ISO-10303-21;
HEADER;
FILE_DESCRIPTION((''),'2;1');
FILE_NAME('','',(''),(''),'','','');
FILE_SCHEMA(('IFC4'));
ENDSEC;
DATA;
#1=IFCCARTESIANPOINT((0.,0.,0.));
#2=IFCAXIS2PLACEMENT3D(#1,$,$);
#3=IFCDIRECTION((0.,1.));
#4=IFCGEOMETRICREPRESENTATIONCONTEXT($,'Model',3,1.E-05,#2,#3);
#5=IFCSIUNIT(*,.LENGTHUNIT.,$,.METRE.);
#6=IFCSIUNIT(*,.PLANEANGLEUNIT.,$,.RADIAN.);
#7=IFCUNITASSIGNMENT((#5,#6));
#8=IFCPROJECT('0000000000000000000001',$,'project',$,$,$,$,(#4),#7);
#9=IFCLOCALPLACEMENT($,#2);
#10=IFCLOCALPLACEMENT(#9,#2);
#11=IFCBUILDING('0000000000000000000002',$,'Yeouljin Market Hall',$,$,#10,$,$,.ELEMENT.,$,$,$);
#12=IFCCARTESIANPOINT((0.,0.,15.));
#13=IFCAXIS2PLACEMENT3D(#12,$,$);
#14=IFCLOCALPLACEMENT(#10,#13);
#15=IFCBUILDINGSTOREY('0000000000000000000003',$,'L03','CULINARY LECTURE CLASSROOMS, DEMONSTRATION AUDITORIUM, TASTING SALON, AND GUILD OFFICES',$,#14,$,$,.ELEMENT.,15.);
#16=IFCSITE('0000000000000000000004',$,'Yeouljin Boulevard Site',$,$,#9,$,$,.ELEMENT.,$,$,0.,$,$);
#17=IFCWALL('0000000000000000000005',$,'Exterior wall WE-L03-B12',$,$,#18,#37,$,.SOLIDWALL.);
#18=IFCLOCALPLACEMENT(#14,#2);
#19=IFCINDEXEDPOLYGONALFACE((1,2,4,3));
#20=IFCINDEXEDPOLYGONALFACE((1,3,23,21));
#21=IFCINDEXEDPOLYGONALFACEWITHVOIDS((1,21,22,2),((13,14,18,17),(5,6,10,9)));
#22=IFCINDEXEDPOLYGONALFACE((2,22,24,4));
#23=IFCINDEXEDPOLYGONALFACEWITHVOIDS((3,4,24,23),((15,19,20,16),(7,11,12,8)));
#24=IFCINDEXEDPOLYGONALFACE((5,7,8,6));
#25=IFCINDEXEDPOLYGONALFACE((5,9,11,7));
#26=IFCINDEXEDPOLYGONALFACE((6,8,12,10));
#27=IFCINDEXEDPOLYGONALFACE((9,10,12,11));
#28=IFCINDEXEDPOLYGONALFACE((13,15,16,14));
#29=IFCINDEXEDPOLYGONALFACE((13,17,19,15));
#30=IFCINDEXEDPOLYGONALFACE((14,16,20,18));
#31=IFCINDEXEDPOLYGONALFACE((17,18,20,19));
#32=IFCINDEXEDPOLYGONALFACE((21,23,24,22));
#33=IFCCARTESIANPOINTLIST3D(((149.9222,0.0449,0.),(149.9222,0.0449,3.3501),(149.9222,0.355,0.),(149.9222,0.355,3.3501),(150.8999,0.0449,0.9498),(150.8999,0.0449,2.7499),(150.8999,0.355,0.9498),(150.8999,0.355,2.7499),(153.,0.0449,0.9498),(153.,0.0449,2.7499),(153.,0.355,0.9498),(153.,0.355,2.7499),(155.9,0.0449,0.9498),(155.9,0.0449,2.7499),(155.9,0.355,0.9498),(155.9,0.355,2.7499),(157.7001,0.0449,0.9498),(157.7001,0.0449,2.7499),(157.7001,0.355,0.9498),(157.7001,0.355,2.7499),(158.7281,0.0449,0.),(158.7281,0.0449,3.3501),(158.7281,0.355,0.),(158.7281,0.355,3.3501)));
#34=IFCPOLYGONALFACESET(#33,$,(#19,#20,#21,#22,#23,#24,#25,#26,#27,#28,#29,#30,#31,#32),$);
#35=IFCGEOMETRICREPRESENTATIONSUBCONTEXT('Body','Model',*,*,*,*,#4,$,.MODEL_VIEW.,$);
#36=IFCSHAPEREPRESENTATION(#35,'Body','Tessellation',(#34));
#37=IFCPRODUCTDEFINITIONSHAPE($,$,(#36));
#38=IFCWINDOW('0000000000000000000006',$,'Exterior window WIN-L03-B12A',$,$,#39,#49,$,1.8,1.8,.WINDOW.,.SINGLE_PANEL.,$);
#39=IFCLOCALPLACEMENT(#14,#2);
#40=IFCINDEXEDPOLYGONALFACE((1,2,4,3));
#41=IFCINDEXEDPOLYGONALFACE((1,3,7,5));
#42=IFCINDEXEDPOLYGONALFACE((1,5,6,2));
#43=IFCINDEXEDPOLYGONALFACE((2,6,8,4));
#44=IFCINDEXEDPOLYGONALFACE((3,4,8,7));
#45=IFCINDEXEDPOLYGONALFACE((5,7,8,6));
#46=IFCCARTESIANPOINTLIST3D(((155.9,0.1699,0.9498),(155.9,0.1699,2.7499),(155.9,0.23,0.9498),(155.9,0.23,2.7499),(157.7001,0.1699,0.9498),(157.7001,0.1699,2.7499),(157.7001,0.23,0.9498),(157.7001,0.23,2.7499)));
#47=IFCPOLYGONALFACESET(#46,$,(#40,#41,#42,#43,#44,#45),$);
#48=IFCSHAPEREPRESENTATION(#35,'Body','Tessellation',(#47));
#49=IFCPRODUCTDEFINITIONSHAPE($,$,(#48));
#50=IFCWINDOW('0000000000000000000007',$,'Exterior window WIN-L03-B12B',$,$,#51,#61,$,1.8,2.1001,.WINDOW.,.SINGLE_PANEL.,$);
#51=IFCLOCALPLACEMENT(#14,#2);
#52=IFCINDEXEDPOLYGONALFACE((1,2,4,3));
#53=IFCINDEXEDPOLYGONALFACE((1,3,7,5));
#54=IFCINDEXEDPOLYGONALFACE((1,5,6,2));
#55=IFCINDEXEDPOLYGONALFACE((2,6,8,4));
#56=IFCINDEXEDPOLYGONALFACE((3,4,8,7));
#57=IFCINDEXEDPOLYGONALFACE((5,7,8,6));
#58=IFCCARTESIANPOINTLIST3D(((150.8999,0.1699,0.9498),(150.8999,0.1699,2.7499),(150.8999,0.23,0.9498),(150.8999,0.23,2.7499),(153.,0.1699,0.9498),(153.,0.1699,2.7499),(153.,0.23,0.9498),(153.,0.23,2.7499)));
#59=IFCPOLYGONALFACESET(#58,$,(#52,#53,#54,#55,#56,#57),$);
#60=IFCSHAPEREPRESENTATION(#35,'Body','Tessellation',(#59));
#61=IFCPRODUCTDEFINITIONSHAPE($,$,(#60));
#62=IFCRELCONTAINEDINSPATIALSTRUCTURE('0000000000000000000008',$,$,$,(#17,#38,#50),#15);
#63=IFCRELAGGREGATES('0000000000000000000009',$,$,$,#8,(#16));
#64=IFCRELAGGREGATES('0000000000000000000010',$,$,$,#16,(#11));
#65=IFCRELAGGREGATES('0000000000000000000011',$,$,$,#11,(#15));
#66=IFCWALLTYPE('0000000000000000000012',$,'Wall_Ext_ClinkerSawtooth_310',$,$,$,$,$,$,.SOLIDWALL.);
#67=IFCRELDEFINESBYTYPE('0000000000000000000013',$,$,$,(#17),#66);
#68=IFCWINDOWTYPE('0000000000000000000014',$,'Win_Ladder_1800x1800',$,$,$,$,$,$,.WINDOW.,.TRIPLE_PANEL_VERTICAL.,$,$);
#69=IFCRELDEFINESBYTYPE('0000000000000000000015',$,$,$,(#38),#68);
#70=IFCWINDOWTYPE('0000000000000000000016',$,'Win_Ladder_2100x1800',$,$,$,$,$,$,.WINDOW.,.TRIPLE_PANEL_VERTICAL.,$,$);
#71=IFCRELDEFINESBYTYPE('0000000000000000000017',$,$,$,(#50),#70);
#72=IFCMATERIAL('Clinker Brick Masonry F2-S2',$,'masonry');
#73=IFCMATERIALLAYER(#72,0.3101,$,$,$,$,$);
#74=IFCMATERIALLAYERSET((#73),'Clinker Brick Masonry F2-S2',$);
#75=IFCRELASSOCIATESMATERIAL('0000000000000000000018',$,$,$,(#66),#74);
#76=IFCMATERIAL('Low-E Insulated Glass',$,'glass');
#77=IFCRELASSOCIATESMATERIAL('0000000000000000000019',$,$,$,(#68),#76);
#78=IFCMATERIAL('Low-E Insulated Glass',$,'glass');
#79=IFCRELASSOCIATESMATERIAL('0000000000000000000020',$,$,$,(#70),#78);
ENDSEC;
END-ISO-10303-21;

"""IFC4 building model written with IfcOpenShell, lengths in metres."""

from ifc_helpers import new_model, si_unit, direction, frame, frame_2d, origin, place, context, subcontext, project, spatial, rectangle, extrude, material, layer, layer_set, type_object, element, fill, save


model = new_model("IFC4")

# Units and contexts
model_context = context("Model", 3, precision=1e-05, world=origin(), true_north=direction((0.0, 1.0)))
body_context = subcontext(model_context, "Body", "Model", "MODEL_VIEW")
ifc_project = project(units=[si_unit("LENGTHUNIT", "METRE"), si_unit("PLANEANGLEUNIT", "RADIAN")], contexts=[model_context])

# Site, building, storey
site_placement = place(None, origin())
site = spatial("IfcSite", under=ifc_project, at=site_placement, Name="Yeouljin Boulevard Site", CompositionType="ELEMENT", RefElevation=0.0)
building_placement = place(site_placement, origin())
building = spatial("IfcBuilding", under=site, at=building_placement, Name="Yeouljin Market Hall", CompositionType="ELEMENT")
storey_placement = place(building_placement, frame((0.0, 0.0, 15.0)))
storey = spatial("IfcBuildingStorey", under=building, at=storey_placement, Name="L03", Description="CULINARY LECTURE CLASSROOMS, DEMONSTRATION AUDITORIUM, TASTING SALON, AND GUILD OFFICES", CompositionType="ELEMENT", Elevation=15.0)

# Wall, openings, windows
ifc_material_1 = material(Name="Clinker Brick Masonry F2-S2", Category="masonry")
ifc_layer_1 = layer(ifc_material_1, 0.3101)
ifc_layer_set_1 = layer_set([ifc_layer_1], Name="Clinker Brick Masonry F2-S2")
wall_type = type_object("IfcWallType", Name="Wall_Ext_ClinkerSawtooth_310", PredefinedType="SOLIDWALL", material=ifc_layer_set_1)
wall_placement = place(storey_placement, frame((158.728, 0.2, 0.0), z_axis=(0.0, 0.0, 1.0), x_axis=(-1.0, 0.0, 0.0)))
wall = element("IfcWall", 1, at=wall_placement, inside=storey, type_object=wall_type, Name="Exterior wall WE-L03-B12", PredefinedType="SOLIDWALL", context=body_context, shape_type="SweptSolid", body=[
    extrude(rectangle(XDim=8.8059, YDim=0.3101, at=frame_2d((4.4028, 0.0))), origin(), (0.0, 0.0, 1.0), 3.3501),
])
opening_1_placement = place(wall_placement, frame((1.0281, 0.0, 0.95)))
opening_1 = element("IfcOpeningElement", 2, at=opening_1_placement, cuts=wall, PredefinedType="OPENING", context=body_context, shape_type="SweptSolid", body=[
    extrude(rectangle(XDim=1.8, YDim=1.8, at=frame_2d((0.8999, 0.8999))), frame((0.0, 0.165, 0.0), z_axis=(0.0, -1.0, 0.0), x_axis=(1.0, 0.0, 0.0)), (0.0, 0.0, 1.0), 0.3301),
])
opening_2_placement = place(wall_placement, frame((5.728, 0.0, 0.95)))
opening_2 = element("IfcOpeningElement", 3, at=opening_2_placement, cuts=wall, PredefinedType="OPENING", context=body_context, shape_type="SweptSolid", body=[
    extrude(rectangle(XDim=2.1001, YDim=1.8, at=frame_2d((1.05, 0.8999))), frame((0.0, 0.165, 0.0), z_axis=(0.0, -1.0, 0.0), x_axis=(1.0, 0.0, 0.0)), (0.0, 0.0, 1.0), 0.3301),
])
ifc_material_2 = material(Name="Low-E Insulated Glass", Category="glass")
window_type_1 = type_object("IfcWindowType", Name="Win_Ladder_1800x1800", PartitioningType="TRIPLE_PANEL_VERTICAL", PredefinedType="WINDOW", material=ifc_material_2)
window_1_placement = place(opening_1_placement, origin())
window_1 = element("IfcWindow", 4, at=window_1_placement, inside=storey, type_object=window_type_1, Name="Exterior window WIN-L03-B12A", OverallHeight=1.8, OverallWidth=1.8, PartitioningType="SINGLE_PANEL", PredefinedType="WINDOW", context=body_context, shape_type="SweptSolid", body=[
    extrude(rectangle(XDim=1.8, YDim=1.8, at=frame_2d((0.8999, 0.8999))), frame((0.0, 0.03, 0.0), z_axis=(0.0, -1.0, 0.0), x_axis=(1.0, 0.0, 0.0)), (0.0, 0.0, 1.0), 0.0601),
])
fill(opening_1, window_1)
ifc_material_3 = material(Name="Low-E Insulated Glass", Category="glass")
window_type_2 = type_object("IfcWindowType", Name="Win_Ladder_2100x1800", PartitioningType="TRIPLE_PANEL_VERTICAL", PredefinedType="WINDOW", material=ifc_material_3)
window_2_placement = place(opening_2_placement, origin())
window_2 = element("IfcWindow", 5, at=window_2_placement, inside=storey, type_object=window_type_2, Name="Exterior window WIN-L03-B12B", OverallHeight=1.8, OverallWidth=2.1001, PartitioningType="SINGLE_PANEL", PredefinedType="WINDOW", context=body_context, shape_type="SweptSolid", body=[
    extrude(rectangle(XDim=2.1001, YDim=1.8, at=frame_2d((1.05, 0.8999))), frame((0.0, 0.03, 0.0), z_axis=(0.0, -1.0, 0.0), x_axis=(1.0, 0.0, 0.0)), (0.0, 0.0, 1.0), 0.0601),
])
fill(opening_2, window_2)

save(model, "model.ifc")
